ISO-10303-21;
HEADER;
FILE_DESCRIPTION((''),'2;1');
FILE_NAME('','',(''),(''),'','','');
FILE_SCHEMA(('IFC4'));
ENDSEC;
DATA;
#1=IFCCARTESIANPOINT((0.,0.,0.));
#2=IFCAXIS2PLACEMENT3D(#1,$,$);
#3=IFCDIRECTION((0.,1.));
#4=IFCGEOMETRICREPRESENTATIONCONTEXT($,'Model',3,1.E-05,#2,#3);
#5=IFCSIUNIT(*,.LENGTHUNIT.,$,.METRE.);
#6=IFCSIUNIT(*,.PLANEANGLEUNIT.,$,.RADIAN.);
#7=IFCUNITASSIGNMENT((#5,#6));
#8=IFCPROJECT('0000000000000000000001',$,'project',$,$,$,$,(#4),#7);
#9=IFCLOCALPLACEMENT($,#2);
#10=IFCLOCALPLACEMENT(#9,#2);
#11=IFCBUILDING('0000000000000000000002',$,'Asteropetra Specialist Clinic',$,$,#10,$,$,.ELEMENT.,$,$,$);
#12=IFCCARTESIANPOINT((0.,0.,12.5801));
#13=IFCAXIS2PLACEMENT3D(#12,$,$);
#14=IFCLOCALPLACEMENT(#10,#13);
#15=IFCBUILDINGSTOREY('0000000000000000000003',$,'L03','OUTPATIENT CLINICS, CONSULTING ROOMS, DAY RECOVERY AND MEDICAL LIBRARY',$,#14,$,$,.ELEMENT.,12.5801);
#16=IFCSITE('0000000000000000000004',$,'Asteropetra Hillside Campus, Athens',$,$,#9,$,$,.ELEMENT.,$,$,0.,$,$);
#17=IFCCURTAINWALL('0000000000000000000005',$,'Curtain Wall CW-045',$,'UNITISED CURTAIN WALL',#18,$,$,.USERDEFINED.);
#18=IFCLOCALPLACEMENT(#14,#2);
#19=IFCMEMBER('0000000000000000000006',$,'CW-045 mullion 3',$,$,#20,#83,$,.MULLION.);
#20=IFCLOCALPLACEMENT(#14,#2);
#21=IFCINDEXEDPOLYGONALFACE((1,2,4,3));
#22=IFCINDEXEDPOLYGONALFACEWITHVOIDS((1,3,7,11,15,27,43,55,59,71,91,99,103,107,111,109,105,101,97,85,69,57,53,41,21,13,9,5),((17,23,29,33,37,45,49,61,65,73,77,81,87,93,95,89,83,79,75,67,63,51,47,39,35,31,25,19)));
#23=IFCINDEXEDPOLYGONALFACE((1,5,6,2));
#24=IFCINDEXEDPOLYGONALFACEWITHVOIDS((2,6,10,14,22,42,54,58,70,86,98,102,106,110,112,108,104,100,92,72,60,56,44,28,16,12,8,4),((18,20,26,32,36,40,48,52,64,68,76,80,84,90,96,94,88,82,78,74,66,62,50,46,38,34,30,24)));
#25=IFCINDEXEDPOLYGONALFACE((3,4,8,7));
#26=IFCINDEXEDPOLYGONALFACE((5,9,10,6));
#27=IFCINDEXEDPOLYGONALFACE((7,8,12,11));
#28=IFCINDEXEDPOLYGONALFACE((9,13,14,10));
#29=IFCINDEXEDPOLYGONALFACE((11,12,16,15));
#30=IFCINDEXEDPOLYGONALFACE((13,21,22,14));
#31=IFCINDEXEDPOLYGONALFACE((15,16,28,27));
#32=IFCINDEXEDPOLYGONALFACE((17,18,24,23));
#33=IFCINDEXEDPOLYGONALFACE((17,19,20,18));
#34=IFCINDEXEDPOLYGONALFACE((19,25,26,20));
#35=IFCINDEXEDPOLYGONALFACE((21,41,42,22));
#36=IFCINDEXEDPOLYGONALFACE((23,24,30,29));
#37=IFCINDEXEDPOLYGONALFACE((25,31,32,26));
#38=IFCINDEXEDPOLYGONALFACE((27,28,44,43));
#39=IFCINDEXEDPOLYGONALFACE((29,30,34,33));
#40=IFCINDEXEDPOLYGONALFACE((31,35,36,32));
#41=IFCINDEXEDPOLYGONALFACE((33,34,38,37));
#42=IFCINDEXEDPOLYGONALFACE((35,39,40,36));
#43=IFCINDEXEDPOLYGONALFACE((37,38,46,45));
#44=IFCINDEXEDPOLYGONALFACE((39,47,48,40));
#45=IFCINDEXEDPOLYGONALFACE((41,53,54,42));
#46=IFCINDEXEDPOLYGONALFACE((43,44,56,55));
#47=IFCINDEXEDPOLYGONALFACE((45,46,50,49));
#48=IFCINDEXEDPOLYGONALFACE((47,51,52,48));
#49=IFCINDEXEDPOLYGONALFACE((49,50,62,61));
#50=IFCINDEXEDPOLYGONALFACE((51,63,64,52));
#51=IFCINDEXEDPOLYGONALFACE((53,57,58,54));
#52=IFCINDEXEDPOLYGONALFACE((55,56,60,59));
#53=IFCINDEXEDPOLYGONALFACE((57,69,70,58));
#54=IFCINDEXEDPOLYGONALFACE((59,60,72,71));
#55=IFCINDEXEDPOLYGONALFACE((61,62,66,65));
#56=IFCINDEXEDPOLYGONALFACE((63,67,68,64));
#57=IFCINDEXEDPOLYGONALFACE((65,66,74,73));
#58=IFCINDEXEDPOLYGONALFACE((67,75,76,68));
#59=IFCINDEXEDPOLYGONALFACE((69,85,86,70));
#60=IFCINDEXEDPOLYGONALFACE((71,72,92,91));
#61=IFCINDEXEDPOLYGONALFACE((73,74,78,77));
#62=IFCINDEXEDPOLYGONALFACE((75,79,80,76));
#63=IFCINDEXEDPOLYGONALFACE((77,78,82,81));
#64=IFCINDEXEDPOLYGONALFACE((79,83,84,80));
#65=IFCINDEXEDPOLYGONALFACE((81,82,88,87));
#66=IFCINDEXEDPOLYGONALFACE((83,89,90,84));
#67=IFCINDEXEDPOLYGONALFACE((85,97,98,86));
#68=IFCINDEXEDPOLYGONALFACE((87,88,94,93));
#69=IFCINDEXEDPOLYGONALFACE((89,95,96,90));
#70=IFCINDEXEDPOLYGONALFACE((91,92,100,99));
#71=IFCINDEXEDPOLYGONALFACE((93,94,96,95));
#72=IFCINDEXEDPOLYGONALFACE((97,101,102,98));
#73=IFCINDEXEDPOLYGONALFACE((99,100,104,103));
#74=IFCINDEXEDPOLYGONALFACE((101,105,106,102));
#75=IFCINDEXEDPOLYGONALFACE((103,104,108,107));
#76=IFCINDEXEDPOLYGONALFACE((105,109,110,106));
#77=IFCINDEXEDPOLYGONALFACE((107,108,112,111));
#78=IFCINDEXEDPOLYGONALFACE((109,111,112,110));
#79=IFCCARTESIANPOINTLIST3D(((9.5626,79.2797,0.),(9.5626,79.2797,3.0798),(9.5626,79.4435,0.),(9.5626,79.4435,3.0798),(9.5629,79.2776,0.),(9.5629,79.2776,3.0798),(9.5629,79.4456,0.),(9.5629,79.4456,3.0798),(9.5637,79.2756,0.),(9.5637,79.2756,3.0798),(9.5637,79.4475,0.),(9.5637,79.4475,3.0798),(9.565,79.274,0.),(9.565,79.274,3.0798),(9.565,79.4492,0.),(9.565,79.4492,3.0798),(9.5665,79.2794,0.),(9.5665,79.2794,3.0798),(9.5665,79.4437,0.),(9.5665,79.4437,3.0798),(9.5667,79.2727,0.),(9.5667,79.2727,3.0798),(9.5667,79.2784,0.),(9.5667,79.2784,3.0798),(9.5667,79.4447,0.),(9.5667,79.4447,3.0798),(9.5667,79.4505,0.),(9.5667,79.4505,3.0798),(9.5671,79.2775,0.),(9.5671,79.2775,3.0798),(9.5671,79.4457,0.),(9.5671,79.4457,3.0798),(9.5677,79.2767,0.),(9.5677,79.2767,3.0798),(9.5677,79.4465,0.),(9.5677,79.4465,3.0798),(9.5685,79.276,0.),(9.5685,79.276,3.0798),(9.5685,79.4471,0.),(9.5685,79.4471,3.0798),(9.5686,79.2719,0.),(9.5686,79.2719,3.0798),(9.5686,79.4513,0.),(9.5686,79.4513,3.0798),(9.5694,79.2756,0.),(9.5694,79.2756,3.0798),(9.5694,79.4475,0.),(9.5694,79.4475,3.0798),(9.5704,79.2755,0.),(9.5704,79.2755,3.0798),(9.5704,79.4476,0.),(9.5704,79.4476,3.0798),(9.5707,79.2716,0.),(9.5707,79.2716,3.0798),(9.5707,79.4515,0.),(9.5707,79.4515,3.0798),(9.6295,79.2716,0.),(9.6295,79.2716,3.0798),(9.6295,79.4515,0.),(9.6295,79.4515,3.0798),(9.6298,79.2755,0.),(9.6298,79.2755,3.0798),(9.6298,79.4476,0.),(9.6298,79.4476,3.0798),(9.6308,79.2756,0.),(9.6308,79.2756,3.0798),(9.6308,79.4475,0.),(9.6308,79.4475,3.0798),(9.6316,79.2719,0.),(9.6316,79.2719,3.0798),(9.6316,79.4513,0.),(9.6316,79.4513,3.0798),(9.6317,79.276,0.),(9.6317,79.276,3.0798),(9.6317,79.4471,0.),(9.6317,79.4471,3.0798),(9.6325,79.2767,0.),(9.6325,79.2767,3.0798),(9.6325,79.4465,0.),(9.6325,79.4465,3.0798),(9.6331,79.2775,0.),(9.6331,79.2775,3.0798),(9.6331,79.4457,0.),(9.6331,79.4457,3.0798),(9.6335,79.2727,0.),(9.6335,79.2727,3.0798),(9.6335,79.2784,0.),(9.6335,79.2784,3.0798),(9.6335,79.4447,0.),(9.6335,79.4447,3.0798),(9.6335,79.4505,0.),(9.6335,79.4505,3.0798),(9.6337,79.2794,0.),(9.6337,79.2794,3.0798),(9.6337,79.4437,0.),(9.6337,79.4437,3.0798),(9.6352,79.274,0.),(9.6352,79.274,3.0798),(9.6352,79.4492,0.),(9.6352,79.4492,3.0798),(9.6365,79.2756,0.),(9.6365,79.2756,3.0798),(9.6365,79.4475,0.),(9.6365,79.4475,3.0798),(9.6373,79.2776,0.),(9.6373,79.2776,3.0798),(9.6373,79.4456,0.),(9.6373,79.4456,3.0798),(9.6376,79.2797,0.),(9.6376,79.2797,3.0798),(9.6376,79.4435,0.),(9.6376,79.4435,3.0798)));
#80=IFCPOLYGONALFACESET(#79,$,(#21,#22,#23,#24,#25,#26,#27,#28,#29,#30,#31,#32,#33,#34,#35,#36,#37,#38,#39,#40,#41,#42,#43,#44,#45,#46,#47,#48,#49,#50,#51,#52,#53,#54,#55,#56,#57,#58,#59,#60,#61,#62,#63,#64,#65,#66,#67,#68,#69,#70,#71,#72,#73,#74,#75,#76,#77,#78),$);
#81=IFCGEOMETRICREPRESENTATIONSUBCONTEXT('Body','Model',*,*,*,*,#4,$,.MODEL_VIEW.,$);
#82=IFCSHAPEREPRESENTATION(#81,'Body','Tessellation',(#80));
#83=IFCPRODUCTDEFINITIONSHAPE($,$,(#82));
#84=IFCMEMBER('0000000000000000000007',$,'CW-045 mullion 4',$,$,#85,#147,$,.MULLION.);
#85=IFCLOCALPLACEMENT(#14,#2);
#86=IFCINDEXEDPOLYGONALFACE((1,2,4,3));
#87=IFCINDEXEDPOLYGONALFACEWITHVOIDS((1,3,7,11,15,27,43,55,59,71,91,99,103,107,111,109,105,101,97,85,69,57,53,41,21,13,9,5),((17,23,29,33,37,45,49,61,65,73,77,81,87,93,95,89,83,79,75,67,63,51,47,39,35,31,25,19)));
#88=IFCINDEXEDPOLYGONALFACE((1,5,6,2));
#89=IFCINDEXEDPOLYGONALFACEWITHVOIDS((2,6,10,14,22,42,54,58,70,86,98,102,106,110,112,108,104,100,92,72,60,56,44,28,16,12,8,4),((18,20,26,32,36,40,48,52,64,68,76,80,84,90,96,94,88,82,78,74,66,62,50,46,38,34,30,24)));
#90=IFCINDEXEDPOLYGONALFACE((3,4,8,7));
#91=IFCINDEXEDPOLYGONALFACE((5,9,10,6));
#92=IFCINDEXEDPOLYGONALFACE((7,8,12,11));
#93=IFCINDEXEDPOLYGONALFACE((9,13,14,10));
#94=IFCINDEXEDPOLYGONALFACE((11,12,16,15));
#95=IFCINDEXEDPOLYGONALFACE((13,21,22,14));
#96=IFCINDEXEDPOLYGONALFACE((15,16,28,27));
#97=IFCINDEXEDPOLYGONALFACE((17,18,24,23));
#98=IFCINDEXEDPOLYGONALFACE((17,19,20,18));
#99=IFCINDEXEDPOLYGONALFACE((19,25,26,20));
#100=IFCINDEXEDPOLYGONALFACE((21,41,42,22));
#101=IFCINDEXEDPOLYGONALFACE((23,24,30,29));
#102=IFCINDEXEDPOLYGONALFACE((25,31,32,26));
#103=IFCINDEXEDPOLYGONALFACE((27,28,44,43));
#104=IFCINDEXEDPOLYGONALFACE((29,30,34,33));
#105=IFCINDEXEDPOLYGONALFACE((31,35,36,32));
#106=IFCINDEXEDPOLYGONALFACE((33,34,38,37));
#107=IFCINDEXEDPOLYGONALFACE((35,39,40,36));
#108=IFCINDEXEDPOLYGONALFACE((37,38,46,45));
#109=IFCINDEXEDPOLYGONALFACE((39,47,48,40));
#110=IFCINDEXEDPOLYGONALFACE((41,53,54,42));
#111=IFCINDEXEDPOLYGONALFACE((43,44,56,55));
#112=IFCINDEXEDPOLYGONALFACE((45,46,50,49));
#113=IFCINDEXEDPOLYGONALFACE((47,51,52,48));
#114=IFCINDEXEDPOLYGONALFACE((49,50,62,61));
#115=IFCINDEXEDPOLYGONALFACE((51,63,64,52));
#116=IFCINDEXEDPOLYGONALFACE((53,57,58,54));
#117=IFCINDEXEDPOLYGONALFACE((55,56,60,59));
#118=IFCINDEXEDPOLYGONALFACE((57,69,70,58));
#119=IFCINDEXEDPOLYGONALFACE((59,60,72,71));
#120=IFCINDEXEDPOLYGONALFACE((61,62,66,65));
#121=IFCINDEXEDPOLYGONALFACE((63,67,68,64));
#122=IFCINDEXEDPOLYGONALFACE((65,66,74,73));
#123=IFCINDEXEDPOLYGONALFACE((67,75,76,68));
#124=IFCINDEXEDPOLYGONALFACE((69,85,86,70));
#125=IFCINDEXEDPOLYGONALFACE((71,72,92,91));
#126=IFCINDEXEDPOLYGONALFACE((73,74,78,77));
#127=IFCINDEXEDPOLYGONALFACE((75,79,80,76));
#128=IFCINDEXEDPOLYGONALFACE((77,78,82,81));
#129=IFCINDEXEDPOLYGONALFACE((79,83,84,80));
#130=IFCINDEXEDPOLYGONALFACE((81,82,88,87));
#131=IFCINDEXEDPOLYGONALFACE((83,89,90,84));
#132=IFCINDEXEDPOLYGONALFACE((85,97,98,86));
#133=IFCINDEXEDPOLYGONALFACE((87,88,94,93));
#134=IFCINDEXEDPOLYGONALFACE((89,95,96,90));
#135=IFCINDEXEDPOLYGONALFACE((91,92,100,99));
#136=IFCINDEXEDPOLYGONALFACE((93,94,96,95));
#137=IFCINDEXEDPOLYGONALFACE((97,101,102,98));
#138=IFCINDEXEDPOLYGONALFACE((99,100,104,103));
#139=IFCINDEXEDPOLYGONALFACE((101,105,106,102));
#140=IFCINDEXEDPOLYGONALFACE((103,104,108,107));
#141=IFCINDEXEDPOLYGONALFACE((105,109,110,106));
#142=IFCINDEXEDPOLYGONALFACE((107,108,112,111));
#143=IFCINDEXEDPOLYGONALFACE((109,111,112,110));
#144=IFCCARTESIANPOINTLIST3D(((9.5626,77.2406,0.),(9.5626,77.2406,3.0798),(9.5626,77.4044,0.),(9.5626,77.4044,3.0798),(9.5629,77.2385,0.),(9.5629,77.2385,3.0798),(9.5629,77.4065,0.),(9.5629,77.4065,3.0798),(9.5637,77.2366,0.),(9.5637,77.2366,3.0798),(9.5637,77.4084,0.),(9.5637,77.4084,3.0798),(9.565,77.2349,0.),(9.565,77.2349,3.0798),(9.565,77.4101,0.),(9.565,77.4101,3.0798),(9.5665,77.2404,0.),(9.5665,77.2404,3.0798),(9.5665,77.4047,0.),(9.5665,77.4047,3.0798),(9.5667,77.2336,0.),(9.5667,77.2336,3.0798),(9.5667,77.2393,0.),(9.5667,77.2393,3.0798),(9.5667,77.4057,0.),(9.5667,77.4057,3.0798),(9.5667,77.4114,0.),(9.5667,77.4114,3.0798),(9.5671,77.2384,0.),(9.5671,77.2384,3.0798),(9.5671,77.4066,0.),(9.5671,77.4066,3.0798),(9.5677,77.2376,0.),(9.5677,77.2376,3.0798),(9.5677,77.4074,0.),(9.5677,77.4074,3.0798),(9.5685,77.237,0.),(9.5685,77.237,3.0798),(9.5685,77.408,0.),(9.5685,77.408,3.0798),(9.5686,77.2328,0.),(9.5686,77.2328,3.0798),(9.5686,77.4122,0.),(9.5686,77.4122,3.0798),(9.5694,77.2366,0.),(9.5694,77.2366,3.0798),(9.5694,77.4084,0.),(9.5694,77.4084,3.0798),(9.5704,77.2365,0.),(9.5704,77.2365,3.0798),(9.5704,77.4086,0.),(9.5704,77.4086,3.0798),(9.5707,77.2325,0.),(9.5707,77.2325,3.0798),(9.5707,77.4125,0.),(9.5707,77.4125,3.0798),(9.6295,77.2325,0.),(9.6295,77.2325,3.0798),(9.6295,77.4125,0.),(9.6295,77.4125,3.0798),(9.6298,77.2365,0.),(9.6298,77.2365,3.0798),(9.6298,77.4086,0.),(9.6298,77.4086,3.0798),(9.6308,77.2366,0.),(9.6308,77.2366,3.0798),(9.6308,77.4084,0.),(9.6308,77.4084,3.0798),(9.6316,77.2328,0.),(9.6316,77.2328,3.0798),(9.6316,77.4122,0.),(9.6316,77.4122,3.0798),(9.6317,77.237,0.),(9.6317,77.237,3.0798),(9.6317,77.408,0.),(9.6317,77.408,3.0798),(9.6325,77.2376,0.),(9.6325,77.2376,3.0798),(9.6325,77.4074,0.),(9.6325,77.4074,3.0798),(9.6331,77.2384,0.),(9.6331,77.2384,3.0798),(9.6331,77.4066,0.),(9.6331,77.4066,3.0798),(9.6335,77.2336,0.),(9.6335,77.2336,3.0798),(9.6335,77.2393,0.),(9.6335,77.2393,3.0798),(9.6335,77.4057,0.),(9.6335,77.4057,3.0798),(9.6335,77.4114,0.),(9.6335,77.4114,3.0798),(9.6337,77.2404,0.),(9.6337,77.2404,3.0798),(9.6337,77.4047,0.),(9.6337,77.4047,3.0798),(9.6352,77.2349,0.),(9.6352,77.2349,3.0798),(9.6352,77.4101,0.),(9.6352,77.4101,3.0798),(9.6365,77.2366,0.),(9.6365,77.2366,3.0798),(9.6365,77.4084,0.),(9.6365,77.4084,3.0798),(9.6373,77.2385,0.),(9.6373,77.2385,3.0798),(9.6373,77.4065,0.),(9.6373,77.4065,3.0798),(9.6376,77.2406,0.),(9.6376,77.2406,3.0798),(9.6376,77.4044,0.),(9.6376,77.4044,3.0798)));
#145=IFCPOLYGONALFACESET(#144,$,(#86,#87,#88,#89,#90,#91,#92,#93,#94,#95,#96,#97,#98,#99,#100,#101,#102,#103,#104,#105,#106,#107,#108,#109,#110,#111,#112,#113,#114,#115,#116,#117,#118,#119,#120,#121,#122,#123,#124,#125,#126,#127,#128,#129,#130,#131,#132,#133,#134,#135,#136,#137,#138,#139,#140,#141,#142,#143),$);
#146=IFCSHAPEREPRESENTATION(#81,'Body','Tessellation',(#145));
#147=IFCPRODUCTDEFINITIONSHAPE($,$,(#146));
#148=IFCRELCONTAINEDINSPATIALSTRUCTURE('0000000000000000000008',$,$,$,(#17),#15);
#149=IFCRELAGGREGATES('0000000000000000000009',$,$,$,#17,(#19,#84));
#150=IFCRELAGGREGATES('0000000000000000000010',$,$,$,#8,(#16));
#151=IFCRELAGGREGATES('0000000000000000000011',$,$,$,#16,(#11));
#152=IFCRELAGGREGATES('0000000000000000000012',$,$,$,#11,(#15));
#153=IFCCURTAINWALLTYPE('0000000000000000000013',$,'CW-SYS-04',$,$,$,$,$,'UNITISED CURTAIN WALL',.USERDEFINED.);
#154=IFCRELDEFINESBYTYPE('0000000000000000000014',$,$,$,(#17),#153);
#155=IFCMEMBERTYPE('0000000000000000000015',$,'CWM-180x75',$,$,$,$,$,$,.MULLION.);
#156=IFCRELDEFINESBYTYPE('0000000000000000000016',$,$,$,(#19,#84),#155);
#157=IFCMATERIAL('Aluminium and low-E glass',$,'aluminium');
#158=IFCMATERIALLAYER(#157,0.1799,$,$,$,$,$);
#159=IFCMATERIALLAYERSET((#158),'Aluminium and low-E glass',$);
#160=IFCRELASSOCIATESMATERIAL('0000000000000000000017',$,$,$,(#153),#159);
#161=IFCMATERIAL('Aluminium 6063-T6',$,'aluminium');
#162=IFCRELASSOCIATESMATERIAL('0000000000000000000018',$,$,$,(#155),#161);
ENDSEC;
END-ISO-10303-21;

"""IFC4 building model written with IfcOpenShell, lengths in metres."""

from ifc_helpers import new_model, si_unit, direction, frame, origin, origin_2d, place, context, subcontext, project, spatial, hollow_rectangle, extrude, material, layer, layer_set, material_profile, profile_set, type_object, element, aggregate, save


model = new_model("IFC4")

# Units and contexts
model_context = context("Model", 3, precision=1e-05, world=origin(), true_north=direction((0.0, 1.0)))
body_context = subcontext(model_context, "Body", "Model", "MODEL_VIEW")
ifc_project = project(units=[si_unit("LENGTHUNIT", "METRE"), si_unit("PLANEANGLEUNIT", "RADIAN")], contexts=[model_context])

# Site, building, storey
site_placement = place(None, origin())
site = spatial("IfcSite", under=ifc_project, at=site_placement, Name="Asteropetra Hillside Campus, Athens", CompositionType="ELEMENT", RefElevation=0.0)
building_placement = place(site_placement, origin())
building = spatial("IfcBuilding", under=site, at=building_placement, Name="Asteropetra Specialist Clinic", CompositionType="ELEMENT")
storey_placement = place(building_placement, frame((0.0, 0.0, 12.5801)))
storey = spatial("IfcBuildingStorey", under=building, at=storey_placement, Name="L03", Description="OUTPATIENT CLINICS, CONSULTING ROOMS, DAY RECOVERY AND MEDICAL LIBRARY", CompositionType="ELEMENT", Elevation=12.5801)

# Curtain wall, members
ifc_material_1 = material(Name="Aluminium and low-E glass", Category="aluminium")
ifc_layer_1 = layer(ifc_material_1, 0.1799)
ifc_layer_set_1 = layer_set([ifc_layer_1], Name="Aluminium and low-E glass")
curtain_wall_type = type_object("IfcCurtainWallType", Name="CW-SYS-04", ElementType="UNITISED CURTAIN WALL", PredefinedType="USERDEFINED", material=ifc_layer_set_1)
curtain_wall_placement = place(storey_placement, origin())
curtain_wall = element("IfcCurtainWall", 1, at=curtain_wall_placement, inside=storey, type_object=curtain_wall_type, Name="Curtain Wall CW-045", ObjectType="UNITISED CURTAIN WALL", PredefinedType="USERDEFINED")
ifc_material_2 = material(Name="Aluminium 6063-T6", Category="aluminium")
ifc_material_profile_1 = material_profile(ifc_material_2, hollow_rectangle(XDim=0.075, YDim=0.1799, WallThickness=0.0039, InnerFilletRadius=0.0039, OuterFilletRadius=0.0081, at=origin_2d()), Name="MUL 180x75x4.0")
ifc_profile_set_1 = profile_set([ifc_material_profile_1], Name="Aluminium 6063-T6")
member_type_1 = type_object("IfcMemberType", Name="CWM-180x75", PredefinedType="MULLION", material=ifc_profile_set_1)
member_1_placement = place(storey_placement, frame((9.6001, 79.3616, 0.0), z_axis=(0.0, 0.0, 1.0), x_axis=(1.0, 0.0, 0.0)))
member_1 = element("IfcMember", 2, at=member_1_placement, type_object=member_type_1, Name="CW-045 mullion 3", PredefinedType="MULLION", context=body_context, shape_type="SweptSolid", body=[
    extrude(hollow_rectangle(XDim=0.075, YDim=0.1799, WallThickness=0.0039, InnerFilletRadius=0.0039, OuterFilletRadius=0.0081, at=origin_2d()), origin(), (0.0, 0.0, 1.0), 3.0798),
])
member_2_placement = place(storey_placement, frame((9.6001, 77.3225, 0.0), z_axis=(0.0, 0.0, 1.0), x_axis=(1.0, 0.0, 0.0)))
member_2 = element("IfcMember", 3, at=member_2_placement, type_object=member_type_1, Name="CW-045 mullion 4", PredefinedType="MULLION", context=body_context, shape_type="SweptSolid", body=[
    extrude(hollow_rectangle(XDim=0.075, YDim=0.1799, WallThickness=0.0039, InnerFilletRadius=0.0039, OuterFilletRadius=0.0081, at=origin_2d()), origin(), (0.0, 0.0, 1.0), 3.0798),
])
aggregate(curtain_wall, [member_1, member_2])

save(model, "model.ifc")
